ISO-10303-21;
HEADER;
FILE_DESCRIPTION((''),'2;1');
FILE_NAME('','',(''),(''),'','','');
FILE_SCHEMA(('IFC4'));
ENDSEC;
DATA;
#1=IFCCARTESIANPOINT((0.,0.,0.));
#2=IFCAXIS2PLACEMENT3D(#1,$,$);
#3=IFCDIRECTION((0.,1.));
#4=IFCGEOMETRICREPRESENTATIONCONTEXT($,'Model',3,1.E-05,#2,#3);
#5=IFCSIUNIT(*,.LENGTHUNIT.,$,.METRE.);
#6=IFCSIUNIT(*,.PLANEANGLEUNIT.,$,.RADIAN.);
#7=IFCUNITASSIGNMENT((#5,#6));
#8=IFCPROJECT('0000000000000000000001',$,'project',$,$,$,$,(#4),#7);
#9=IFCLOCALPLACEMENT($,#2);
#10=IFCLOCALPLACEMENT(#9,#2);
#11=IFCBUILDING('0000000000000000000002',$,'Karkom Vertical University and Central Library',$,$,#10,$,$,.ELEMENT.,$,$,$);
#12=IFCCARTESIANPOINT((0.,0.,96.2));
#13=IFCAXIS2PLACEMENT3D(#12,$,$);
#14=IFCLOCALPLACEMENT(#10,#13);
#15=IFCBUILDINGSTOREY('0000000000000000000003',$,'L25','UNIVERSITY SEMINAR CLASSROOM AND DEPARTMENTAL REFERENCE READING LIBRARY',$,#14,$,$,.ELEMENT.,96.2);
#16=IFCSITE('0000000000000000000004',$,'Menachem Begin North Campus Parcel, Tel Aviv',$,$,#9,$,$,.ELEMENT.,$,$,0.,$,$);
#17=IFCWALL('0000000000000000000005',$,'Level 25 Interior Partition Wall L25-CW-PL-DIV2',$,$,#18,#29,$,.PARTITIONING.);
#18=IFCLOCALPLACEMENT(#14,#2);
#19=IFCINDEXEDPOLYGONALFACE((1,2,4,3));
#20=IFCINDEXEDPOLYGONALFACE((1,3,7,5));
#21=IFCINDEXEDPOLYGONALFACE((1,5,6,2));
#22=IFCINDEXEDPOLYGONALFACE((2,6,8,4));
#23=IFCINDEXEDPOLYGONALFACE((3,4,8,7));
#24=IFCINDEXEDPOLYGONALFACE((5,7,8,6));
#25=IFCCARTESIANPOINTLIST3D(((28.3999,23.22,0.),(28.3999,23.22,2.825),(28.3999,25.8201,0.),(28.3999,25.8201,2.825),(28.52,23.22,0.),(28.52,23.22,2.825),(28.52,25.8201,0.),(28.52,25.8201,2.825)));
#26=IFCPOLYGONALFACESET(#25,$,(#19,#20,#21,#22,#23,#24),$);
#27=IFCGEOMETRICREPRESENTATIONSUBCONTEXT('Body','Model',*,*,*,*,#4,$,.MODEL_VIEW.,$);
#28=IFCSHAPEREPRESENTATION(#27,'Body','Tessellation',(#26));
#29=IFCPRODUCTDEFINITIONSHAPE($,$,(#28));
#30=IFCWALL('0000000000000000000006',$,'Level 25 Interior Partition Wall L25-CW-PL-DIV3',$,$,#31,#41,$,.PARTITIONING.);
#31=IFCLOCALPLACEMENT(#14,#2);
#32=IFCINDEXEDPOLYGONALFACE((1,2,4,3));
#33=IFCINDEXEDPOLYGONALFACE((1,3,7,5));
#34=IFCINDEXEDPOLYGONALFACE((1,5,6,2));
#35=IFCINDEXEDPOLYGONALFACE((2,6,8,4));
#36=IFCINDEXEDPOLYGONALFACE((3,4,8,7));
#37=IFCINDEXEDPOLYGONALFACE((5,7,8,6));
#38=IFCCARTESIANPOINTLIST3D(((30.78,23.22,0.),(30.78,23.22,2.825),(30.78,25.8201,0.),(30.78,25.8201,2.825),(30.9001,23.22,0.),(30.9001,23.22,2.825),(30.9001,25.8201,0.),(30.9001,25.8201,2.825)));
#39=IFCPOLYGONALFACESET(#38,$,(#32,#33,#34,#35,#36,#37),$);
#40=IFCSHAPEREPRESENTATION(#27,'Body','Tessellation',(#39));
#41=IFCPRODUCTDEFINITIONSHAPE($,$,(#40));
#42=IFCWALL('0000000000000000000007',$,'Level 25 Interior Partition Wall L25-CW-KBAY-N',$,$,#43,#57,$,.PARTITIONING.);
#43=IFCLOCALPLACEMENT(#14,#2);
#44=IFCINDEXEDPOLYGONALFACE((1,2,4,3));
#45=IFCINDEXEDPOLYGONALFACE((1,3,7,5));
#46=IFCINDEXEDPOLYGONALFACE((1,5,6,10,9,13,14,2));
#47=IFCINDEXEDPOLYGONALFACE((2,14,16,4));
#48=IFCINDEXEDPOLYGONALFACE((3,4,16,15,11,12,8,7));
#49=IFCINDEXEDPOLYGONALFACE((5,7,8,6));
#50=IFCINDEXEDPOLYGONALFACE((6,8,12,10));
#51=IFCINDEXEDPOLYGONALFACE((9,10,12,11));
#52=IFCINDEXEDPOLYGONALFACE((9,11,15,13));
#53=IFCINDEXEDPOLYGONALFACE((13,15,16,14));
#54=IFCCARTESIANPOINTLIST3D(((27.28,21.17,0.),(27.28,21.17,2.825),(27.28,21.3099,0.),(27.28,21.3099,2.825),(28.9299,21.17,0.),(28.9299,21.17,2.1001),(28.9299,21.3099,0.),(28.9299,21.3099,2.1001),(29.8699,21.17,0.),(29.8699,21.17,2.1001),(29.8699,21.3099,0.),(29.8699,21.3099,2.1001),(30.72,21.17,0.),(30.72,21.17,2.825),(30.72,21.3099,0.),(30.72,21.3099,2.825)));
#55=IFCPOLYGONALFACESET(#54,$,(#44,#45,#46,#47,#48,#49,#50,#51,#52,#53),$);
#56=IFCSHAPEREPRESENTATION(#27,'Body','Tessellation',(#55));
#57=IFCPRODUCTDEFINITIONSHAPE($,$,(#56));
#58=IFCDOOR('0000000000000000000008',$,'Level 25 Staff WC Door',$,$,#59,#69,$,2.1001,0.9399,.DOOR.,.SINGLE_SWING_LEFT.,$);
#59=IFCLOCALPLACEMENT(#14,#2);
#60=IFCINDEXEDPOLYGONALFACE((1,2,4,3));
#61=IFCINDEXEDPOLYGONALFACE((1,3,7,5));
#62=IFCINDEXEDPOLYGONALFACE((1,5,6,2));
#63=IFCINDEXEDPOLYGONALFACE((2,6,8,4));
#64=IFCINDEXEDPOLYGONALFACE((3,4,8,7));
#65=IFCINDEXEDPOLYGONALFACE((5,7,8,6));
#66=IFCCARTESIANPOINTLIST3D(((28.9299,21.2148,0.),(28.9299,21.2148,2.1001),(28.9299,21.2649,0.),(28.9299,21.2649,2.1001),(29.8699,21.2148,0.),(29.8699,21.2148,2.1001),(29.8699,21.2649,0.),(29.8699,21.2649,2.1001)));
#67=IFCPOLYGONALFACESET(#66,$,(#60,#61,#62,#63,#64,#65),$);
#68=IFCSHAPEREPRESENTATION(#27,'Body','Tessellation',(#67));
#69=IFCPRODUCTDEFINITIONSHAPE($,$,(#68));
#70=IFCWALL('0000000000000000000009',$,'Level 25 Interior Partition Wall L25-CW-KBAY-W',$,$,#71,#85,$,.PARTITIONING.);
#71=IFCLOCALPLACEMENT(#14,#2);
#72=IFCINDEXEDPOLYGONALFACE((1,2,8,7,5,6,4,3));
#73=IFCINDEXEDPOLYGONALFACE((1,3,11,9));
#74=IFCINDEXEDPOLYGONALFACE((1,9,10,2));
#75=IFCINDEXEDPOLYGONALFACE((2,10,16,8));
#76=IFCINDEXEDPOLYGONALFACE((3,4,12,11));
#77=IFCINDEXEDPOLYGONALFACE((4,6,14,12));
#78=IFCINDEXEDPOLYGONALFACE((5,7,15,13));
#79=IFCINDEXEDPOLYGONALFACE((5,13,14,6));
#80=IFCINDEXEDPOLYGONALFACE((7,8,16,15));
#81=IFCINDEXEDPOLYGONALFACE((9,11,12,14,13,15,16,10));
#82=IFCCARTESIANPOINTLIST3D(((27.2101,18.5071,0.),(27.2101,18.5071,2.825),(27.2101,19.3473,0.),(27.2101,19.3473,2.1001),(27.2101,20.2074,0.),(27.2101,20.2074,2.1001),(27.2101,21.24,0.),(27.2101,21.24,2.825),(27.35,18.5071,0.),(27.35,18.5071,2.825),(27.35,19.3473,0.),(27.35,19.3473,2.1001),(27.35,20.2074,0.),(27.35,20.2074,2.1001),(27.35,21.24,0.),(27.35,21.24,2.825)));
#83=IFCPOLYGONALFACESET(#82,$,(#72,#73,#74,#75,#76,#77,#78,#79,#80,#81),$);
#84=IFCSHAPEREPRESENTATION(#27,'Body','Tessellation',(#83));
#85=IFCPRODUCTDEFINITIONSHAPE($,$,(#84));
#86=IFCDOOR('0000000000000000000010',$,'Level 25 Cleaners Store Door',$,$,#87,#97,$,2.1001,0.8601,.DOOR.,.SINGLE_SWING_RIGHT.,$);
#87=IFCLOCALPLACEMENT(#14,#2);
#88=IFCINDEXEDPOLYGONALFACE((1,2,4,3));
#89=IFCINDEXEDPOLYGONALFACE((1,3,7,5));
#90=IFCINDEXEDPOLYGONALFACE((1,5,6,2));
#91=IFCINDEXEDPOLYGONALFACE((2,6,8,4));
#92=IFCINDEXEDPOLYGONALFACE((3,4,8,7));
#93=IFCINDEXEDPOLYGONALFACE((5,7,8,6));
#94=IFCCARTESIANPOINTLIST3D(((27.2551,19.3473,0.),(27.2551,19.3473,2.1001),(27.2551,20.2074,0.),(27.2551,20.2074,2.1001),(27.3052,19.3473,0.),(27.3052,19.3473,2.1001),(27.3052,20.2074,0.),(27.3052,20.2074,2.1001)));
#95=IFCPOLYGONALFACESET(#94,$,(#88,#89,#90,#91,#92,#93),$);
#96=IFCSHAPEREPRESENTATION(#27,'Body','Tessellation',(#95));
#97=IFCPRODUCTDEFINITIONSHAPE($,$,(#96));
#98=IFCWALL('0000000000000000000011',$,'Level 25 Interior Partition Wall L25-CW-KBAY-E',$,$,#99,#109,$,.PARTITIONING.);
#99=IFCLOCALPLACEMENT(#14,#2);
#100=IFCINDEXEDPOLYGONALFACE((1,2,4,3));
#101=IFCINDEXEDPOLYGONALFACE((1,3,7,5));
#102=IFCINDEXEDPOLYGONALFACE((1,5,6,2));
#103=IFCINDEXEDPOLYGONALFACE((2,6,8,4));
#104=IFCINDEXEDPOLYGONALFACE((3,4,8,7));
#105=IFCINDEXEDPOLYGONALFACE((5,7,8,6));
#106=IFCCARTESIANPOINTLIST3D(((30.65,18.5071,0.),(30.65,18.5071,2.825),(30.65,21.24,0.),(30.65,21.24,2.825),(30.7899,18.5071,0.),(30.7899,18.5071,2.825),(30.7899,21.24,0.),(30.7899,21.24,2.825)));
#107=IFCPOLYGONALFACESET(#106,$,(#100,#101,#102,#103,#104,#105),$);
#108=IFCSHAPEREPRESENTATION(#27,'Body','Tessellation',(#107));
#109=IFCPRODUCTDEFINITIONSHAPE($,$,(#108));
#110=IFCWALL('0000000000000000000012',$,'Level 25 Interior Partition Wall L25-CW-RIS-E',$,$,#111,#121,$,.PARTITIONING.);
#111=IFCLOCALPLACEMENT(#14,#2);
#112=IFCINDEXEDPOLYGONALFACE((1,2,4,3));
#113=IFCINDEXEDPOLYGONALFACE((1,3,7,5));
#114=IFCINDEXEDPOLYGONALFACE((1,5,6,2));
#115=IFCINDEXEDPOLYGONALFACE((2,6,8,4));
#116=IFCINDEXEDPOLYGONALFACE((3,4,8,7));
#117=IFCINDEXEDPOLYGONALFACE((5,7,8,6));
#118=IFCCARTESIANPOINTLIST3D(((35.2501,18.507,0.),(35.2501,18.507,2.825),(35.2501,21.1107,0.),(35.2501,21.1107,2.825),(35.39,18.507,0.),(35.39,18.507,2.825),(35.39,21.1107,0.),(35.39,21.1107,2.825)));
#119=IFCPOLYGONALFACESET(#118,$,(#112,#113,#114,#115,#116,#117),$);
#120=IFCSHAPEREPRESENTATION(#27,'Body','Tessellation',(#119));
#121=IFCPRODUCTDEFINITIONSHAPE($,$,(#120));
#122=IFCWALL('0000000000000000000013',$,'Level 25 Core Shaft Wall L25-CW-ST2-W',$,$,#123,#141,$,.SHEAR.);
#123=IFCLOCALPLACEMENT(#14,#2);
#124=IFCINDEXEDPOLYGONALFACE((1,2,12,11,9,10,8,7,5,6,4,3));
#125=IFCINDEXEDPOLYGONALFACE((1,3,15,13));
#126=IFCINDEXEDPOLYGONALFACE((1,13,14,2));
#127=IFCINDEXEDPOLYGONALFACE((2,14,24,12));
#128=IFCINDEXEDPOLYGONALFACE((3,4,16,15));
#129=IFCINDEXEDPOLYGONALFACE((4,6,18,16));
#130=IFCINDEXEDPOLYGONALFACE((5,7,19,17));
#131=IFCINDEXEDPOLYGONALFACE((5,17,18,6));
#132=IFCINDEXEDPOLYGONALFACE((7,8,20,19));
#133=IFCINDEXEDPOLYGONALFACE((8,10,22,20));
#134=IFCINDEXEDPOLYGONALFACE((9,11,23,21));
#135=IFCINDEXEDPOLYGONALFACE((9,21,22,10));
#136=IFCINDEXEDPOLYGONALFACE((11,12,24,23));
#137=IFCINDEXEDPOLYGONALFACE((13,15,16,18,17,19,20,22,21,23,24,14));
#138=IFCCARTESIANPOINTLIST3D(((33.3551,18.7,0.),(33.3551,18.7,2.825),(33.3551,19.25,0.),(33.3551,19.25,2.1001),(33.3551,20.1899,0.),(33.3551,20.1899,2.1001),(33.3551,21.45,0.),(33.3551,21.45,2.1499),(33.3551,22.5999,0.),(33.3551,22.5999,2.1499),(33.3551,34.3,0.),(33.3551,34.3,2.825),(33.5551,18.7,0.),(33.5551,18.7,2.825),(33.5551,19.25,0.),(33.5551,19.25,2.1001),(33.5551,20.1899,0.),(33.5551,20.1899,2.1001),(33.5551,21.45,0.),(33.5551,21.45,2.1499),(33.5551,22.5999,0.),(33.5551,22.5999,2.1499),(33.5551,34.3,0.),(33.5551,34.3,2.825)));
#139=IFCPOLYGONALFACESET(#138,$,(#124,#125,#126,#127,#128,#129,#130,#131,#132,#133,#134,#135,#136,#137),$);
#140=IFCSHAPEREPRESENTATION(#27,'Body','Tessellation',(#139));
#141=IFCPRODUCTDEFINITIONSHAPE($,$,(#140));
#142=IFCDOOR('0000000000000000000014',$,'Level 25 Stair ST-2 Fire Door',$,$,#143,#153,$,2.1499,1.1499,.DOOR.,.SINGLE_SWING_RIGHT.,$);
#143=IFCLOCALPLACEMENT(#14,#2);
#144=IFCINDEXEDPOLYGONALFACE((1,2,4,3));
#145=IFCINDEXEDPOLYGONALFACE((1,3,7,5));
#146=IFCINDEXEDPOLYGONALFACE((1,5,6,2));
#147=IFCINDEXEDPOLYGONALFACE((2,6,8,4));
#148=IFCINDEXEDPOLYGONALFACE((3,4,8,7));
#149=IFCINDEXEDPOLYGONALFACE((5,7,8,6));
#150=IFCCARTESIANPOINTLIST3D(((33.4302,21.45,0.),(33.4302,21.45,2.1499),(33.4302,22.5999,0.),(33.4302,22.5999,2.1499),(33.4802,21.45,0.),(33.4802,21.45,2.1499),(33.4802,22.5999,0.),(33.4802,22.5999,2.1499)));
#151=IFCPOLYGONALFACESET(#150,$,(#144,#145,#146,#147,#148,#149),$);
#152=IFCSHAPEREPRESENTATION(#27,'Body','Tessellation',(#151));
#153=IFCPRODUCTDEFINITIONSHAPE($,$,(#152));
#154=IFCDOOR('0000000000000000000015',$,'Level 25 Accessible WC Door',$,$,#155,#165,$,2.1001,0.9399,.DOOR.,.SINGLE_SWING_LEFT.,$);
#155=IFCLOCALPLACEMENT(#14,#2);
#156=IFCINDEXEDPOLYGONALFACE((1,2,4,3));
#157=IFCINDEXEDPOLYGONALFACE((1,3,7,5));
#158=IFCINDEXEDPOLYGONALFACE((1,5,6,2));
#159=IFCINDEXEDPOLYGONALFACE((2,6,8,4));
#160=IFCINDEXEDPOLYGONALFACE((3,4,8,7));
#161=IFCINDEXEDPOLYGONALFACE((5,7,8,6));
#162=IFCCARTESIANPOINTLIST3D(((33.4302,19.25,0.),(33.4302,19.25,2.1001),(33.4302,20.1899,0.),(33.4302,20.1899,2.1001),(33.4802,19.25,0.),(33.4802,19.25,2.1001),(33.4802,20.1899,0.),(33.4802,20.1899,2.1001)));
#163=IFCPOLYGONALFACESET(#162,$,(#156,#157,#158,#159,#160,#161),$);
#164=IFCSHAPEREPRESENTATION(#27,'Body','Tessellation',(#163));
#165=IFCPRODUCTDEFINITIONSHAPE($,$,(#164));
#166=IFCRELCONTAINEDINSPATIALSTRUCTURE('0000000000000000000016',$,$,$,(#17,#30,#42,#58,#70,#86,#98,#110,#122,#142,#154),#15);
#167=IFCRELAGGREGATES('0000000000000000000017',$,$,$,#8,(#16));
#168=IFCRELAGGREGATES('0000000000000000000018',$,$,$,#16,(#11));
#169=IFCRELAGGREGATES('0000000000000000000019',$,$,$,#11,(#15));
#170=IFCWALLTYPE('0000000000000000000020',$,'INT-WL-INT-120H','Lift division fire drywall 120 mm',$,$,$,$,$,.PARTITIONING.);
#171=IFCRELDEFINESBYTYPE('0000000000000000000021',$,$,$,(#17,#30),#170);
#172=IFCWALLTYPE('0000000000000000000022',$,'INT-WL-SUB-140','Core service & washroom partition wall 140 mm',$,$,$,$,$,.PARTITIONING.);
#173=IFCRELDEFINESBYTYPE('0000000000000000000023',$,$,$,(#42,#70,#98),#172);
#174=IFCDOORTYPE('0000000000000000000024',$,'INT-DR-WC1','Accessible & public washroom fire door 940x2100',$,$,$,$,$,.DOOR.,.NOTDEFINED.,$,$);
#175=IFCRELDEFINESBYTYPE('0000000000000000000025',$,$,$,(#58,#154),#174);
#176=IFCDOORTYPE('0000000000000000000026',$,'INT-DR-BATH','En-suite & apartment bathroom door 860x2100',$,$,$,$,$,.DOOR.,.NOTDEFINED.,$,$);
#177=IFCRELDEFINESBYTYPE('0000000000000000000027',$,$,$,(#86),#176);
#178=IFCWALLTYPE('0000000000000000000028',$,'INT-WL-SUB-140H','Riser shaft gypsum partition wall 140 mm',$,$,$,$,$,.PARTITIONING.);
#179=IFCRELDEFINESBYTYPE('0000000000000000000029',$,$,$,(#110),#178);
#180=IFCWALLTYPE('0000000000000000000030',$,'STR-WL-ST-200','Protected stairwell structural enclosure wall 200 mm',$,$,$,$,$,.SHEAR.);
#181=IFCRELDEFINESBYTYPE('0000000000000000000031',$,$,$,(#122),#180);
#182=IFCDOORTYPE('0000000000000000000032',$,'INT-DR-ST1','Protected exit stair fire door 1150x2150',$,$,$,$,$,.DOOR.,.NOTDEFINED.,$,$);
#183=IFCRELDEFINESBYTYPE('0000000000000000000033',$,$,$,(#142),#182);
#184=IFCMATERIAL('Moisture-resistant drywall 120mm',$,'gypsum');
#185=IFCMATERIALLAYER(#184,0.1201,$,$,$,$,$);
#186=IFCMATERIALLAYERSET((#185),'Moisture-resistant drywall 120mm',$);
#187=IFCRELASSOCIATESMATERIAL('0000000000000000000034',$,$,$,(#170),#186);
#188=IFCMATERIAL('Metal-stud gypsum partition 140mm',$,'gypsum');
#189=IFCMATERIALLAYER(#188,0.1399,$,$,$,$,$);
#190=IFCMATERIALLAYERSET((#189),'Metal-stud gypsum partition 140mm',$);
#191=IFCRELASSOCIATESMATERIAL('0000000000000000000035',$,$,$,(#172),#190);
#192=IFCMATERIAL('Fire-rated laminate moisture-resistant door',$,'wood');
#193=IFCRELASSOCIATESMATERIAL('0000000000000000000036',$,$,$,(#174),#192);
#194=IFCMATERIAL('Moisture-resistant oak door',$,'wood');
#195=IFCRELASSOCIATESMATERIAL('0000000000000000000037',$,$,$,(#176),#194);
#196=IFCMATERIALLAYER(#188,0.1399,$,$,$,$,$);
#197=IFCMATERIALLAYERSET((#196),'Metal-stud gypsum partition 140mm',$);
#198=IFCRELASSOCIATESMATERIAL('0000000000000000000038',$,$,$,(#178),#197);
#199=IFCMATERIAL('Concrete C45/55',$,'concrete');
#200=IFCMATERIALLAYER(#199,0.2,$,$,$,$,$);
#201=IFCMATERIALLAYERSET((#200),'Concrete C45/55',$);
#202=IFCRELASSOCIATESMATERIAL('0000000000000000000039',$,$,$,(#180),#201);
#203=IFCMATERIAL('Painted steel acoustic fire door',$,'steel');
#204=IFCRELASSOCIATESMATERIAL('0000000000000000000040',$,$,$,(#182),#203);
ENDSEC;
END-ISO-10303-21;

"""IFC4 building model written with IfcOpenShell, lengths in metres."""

from ifc_helpers import new_model, si_unit, direction, frame, frame_2d, origin, origin_with_axes, place, context, subcontext, project, spatial, rectangle, extrude, source, transform, mapped, material, layer, layer_set, type_object, element, fill, save


model = new_model("IFC4")

# Units and contexts
model_context = context("Model", 3, precision=1e-05, world=origin(), true_north=direction((0.0, 1.0)))
body_context = subcontext(model_context, "Body", "Model", "MODEL_VIEW")
ifc_project = project(units=[si_unit("LENGTHUNIT", "METRE"), si_unit("PLANEANGLEUNIT", "RADIAN")], contexts=[model_context])

# Site, building, storey
site_placement = place(None, origin())
site = spatial("IfcSite", under=ifc_project, at=site_placement, Name="Menachem Begin North Campus Parcel, Tel Aviv", CompositionType="ELEMENT", RefElevation=0.0)
building_placement = place(site_placement, origin())
building = spatial("IfcBuilding", under=site, at=building_placement, Name="Karkom Vertical University and Central Library", CompositionType="ELEMENT")
storey_placement = place(building_placement, frame((0.0, 0.0, 96.2)))
storey = spatial("IfcBuildingStorey", under=building, at=storey_placement, Name="L25", Description="UNIVERSITY SEMINAR CLASSROOM AND DEPARTMENTAL REFERENCE READING LIBRARY", CompositionType="ELEMENT", Elevation=96.2)

# Walls
ifc_material_1 = material(Name="Moisture-resistant drywall 120mm", Category="gypsum")
ifc_layer_1 = layer(ifc_material_1, 0.1201)
ifc_layer_set_1 = layer_set([ifc_layer_1], Name="Moisture-resistant drywall 120mm")
wall_type_1 = type_object("IfcWallType", Name="INT-WL-INT-120H", Description="Lift division fire drywall 120 mm", PredefinedType="PARTITIONING", material=ifc_layer_set_1)
for number, where, z_axis, x_axis, name in (
    (1, (28.46, 23.22, 0.0), (0.0, 0.0, 1.0), (0.0, 1.0, 0.0), "Level 25 Interior Partition Wall L25-CW-PL-DIV2"),
    (2, (30.8401, 23.22, 0.0), (0.0, 0.0, 1.0), (0.0, 1.0, 0.0), "Level 25 Interior Partition Wall L25-CW-PL-DIV3"),
):
    element("IfcWall", number, at=place(storey_placement, frame(where, z_axis=z_axis, x_axis=x_axis)), inside=storey, type_object=wall_type_1, Name=name, PredefinedType="PARTITIONING", context=body_context, shape_type="SweptSolid", body=[
        extrude(rectangle(XDim=2.6001, YDim=0.1201, at=frame_2d((1.3, 0.0))), origin(), (0.0, 0.0, 1.0), 2.825),
    ])

# Walls, openings, doors
ifc_material_2 = material(Name="Metal-stud gypsum partition 140mm", Category="gypsum")
ifc_layer_2 = layer(ifc_material_2, 0.1399)
ifc_layer_set_2 = layer_set([ifc_layer_2], Name="Metal-stud gypsum partition 140mm")
wall_type_2 = type_object("IfcWallType", Name="INT-WL-SUB-140", Description="Core service & washroom partition wall 140 mm", PredefinedType="PARTITIONING", material=ifc_layer_set_2)
wall_1_placement = place(storey_placement, frame((27.28, 21.24, 0.0), z_axis=(0.0, 0.0, 1.0), x_axis=(1.0, 0.0, 0.0)))
wall_1 = element("IfcWall", 3, at=wall_1_placement, inside=storey, type_object=wall_type_2, Name="Level 25 Interior Partition Wall L25-CW-KBAY-N", PredefinedType="PARTITIONING", context=body_context, shape_type="SweptSolid", body=[
    extrude(rectangle(XDim=3.4399, YDim=0.1399, at=frame_2d((1.72, 0.0))), origin(), (0.0, 0.0, 1.0), 2.825),
])
opening_1_placement = place(wall_1_placement, frame((1.6499, 0.0, 0.0)))
opening_1 = element("IfcOpeningElement", 4, at=opening_1_placement, cuts=wall_1, PredefinedType="OPENING", context=body_context, shape_type="SweptSolid", body=[
    extrude(rectangle(XDim=0.9399, YDim=2.1001, at=frame_2d((0.47, 1.05))), frame((0.0, 0.0801, 0.0), z_axis=(0.0, -1.0, 0.0), x_axis=(1.0, 0.0, 0.0)), (0.0, 0.0, 1.0), 0.1599),
])
ifc_material_3 = material(Name="Fire-rated laminate moisture-resistant door", Category="wood")
door_type_1 = type_object("IfcDoorType", Name="INT-DR-WC1", Description="Accessible & public washroom fire door 940x2100", OperationType="NOTDEFINED", PredefinedType="DOOR", material=ifc_material_3)
shared_shape_1 = source(origin_with_axes(), body_context, "Body", "SweptSolid", [
    extrude(rectangle(XDim=0.9399, YDim=2.1001, at=frame_2d((0.47, 1.05))), frame((0.0, 0.0249, 0.0), z_axis=(0.0, -1.0, 0.0), x_axis=(1.0, 0.0, 0.0)), (0.0, 0.0, 1.0), 0.05),
])
door_1_placement = place(opening_1_placement, origin())
door_1 = element("IfcDoor", 5, at=door_1_placement, inside=storey, type_object=door_type_1, Name="Level 25 Staff WC Door", OperationType="SINGLE_SWING_LEFT", OverallHeight=2.1001, OverallWidth=0.9399, PredefinedType="DOOR", context=body_context, shape_type="MappedRepresentation", body=[
    mapped(shared_shape_1, transform((0.0, 0.0, 0.0), scale=1.0)),
])
fill(opening_1, door_1)
wall_2_placement = place(storey_placement, frame((27.28, 18.5071, 0.0), z_axis=(0.0, 0.0, 1.0), x_axis=(0.0, 1.0, 0.0)))
wall_2 = element("IfcWall", 6, at=wall_2_placement, inside=storey, type_object=wall_type_2, Name="Level 25 Interior Partition Wall L25-CW-KBAY-W", PredefinedType="PARTITIONING", context=body_context, shape_type="SweptSolid", body=[
    extrude(rectangle(XDim=2.7329, YDim=0.1399, at=frame_2d((1.3665, 0.0))), origin(), (0.0, 0.0, 1.0), 2.825),
])
opening_2_placement = place(wall_2_placement, frame((0.8401, 0.0, 0.0)))
opening_2 = element("IfcOpeningElement", 7, at=opening_2_placement, cuts=wall_2, PredefinedType="OPENING", context=body_context, shape_type="SweptSolid", body=[
    extrude(rectangle(XDim=0.8601, YDim=2.1001, at=frame_2d((0.4302, 1.05))), frame((0.0, 0.0801, 0.0), z_axis=(0.0, -1.0, 0.0), x_axis=(1.0, 0.0, 0.0)), (0.0, 0.0, 1.0), 0.1599),
])
ifc_material_4 = material(Name="Moisture-resistant oak door", Category="wood")
door_type_2 = type_object("IfcDoorType", Name="INT-DR-BATH", Description="En-suite & apartment bathroom door 860x2100", OperationType="NOTDEFINED", PredefinedType="DOOR", material=ifc_material_4)
shared_shape_2 = source(origin_with_axes(), body_context, "Body", "SweptSolid", [
    extrude(rectangle(XDim=0.8601, YDim=2.1001, at=frame_2d((0.4302, 1.05))), frame((0.0, 0.0249, 0.0), z_axis=(0.0, -1.0, 0.0), x_axis=(1.0, 0.0, 0.0)), (0.0, 0.0, 1.0), 0.05),
])
door_2_placement = place(opening_2_placement, origin())
door_2 = element("IfcDoor", 8, at=door_2_placement, inside=storey, type_object=door_type_2, Name="Level 25 Cleaners Store Door", OperationType="SINGLE_SWING_RIGHT", OverallHeight=2.1001, OverallWidth=0.8601, PredefinedType="DOOR", context=body_context, shape_type="MappedRepresentation", body=[
    mapped(shared_shape_2, transform((0.0, 0.0, 0.0), scale=1.0)),
])
fill(opening_2, door_2)

# Walls
wall_3_placement = place(storey_placement, frame((30.72, 18.5071, 0.0), z_axis=(0.0, 0.0, 1.0), x_axis=(0.0, 1.0, 0.0)))
element("IfcWall", 9, at=wall_3_placement, inside=storey, type_object=wall_type_2, Name="Level 25 Interior Partition Wall L25-CW-KBAY-E", PredefinedType="PARTITIONING", context=body_context, shape_type="SweptSolid", body=[
    extrude(rectangle(XDim=2.7329, YDim=0.1399, at=frame_2d((1.3665, 0.0))), origin(), (0.0, 0.0, 1.0), 2.825),
])
ifc_layer_3 = layer(ifc_material_2, 0.1399)
ifc_layer_set_3 = layer_set([ifc_layer_3], Name="Metal-stud gypsum partition 140mm")
wall_type_3 = type_object("IfcWallType", Name="INT-WL-SUB-140H", Description="Riser shaft gypsum partition wall 140 mm", PredefinedType="PARTITIONING", material=ifc_layer_set_3)
wall_4_placement = place(storey_placement, frame((35.3201, 18.5071, 0.0), z_axis=(0.0, 0.0, 1.0), x_axis=(0.0, 1.0, 0.0)))
element("IfcWall", 10, at=wall_4_placement, inside=storey, type_object=wall_type_3, Name="Level 25 Interior Partition Wall L25-CW-RIS-E", PredefinedType="PARTITIONING", context=body_context, shape_type="SweptSolid", body=[
    extrude(rectangle(XDim=2.6038, YDim=0.1399, at=frame_2d((1.3018, 0.0))), origin(), (0.0, 0.0, 1.0), 2.825),
])

# Wall, openings, doors
ifc_material_5 = material(Name="Concrete C45/55", Category="concrete")
ifc_layer_4 = layer(ifc_material_5, 0.2)
ifc_layer_set_4 = layer_set([ifc_layer_4], Name="Concrete C45/55")
wall_type_4 = type_object("IfcWallType", Name="STR-WL-ST-200", Description="Protected stairwell structural enclosure wall 200 mm", PredefinedType="SHEAR", material=ifc_layer_set_4)
wall_5_placement = place(storey_placement, frame((33.4551, 18.7, 0.0), z_axis=(0.0, 0.0, 1.0), x_axis=(0.0, 1.0, 0.0)))
wall_5 = element("IfcWall", 11, at=wall_5_placement, inside=storey, type_object=wall_type_4, Name="Level 25 Core Shaft Wall L25-CW-ST2-W", PredefinedType="SHEAR", context=body_context, shape_type="SweptSolid", body=[
    extrude(rectangle(XDim=15.6001, YDim=0.2, at=frame_2d((7.8, 0.0))), origin(), (0.0, 0.0, 1.0), 2.825),
])
opening_3_placement = place(wall_5_placement, frame((2.75, 0.0, 0.0)))
opening_3 = element("IfcOpeningElement", 12, at=opening_3_placement, cuts=wall_5, PredefinedType="OPENING", context=body_context, shape_type="SweptSolid", body=[
    extrude(rectangle(XDim=1.1499, YDim=2.1499, at=frame_2d((0.575, 1.075))), frame((0.0, 0.1099, 0.0), z_axis=(0.0, -1.0, 0.0), x_axis=(1.0, 0.0, 0.0)), (0.0, 0.0, 1.0), 0.22),
])
opening_4_placement = place(wall_5_placement, frame((0.55, 0.0, 0.0)))
opening_4 = element("IfcOpeningElement", 13, at=opening_4_placement, cuts=wall_5, PredefinedType="OPENING", context=body_context, shape_type="SweptSolid", body=[
    extrude(rectangle(XDim=0.9399, YDim=2.1001, at=frame_2d((0.47, 1.05))), frame((0.0, 0.1099, 0.0), z_axis=(0.0, -1.0, 0.0), x_axis=(1.0, 0.0, 0.0)), (0.0, 0.0, 1.0), 0.22),
])
ifc_material_6 = material(Name="Painted steel acoustic fire door", Category="steel")
door_type_3 = type_object("IfcDoorType", Name="INT-DR-ST1", Description="Protected exit stair fire door 1150x2150", OperationType="NOTDEFINED", PredefinedType="DOOR", material=ifc_material_6)
shared_shape_3 = source(origin_with_axes(), body_context, "Body", "SweptSolid", [
    extrude(rectangle(XDim=1.1499, YDim=2.1499, at=frame_2d((0.575, 1.075))), frame((0.0, 0.0249, 0.0), z_axis=(0.0, -1.0, 0.0), x_axis=(1.0, 0.0, 0.0)), (0.0, 0.0, 1.0), 0.05),
])
door_3_placement = place(opening_3_placement, origin())
door_3 = element("IfcDoor", 14, at=door_3_placement, inside=storey, type_object=door_type_3, Name="Level 25 Stair ST-2 Fire Door", OperationType="SINGLE_SWING_RIGHT", OverallHeight=2.1499, OverallWidth=1.1499, PredefinedType="DOOR", context=body_context, shape_type="MappedRepresentation", body=[
    mapped(shared_shape_3, transform((0.0, 0.0, 0.0), scale=1.0)),
])
fill(opening_3, door_3)
door_4_placement = place(opening_4_placement, origin())
door_4 = element("IfcDoor", 15, at=door_4_placement, inside=storey, type_object=door_type_1, Name="Level 25 Accessible WC Door", OperationType="SINGLE_SWING_LEFT", OverallHeight=2.1001, OverallWidth=0.9399, PredefinedType="DOOR", context=body_context, shape_type="MappedRepresentation", body=[
    mapped(shared_shape_1, transform((0.0, 0.0, 0.0), scale=1.0)),
])
fill(opening_4, door_4)

save(model, "model.ifc")
